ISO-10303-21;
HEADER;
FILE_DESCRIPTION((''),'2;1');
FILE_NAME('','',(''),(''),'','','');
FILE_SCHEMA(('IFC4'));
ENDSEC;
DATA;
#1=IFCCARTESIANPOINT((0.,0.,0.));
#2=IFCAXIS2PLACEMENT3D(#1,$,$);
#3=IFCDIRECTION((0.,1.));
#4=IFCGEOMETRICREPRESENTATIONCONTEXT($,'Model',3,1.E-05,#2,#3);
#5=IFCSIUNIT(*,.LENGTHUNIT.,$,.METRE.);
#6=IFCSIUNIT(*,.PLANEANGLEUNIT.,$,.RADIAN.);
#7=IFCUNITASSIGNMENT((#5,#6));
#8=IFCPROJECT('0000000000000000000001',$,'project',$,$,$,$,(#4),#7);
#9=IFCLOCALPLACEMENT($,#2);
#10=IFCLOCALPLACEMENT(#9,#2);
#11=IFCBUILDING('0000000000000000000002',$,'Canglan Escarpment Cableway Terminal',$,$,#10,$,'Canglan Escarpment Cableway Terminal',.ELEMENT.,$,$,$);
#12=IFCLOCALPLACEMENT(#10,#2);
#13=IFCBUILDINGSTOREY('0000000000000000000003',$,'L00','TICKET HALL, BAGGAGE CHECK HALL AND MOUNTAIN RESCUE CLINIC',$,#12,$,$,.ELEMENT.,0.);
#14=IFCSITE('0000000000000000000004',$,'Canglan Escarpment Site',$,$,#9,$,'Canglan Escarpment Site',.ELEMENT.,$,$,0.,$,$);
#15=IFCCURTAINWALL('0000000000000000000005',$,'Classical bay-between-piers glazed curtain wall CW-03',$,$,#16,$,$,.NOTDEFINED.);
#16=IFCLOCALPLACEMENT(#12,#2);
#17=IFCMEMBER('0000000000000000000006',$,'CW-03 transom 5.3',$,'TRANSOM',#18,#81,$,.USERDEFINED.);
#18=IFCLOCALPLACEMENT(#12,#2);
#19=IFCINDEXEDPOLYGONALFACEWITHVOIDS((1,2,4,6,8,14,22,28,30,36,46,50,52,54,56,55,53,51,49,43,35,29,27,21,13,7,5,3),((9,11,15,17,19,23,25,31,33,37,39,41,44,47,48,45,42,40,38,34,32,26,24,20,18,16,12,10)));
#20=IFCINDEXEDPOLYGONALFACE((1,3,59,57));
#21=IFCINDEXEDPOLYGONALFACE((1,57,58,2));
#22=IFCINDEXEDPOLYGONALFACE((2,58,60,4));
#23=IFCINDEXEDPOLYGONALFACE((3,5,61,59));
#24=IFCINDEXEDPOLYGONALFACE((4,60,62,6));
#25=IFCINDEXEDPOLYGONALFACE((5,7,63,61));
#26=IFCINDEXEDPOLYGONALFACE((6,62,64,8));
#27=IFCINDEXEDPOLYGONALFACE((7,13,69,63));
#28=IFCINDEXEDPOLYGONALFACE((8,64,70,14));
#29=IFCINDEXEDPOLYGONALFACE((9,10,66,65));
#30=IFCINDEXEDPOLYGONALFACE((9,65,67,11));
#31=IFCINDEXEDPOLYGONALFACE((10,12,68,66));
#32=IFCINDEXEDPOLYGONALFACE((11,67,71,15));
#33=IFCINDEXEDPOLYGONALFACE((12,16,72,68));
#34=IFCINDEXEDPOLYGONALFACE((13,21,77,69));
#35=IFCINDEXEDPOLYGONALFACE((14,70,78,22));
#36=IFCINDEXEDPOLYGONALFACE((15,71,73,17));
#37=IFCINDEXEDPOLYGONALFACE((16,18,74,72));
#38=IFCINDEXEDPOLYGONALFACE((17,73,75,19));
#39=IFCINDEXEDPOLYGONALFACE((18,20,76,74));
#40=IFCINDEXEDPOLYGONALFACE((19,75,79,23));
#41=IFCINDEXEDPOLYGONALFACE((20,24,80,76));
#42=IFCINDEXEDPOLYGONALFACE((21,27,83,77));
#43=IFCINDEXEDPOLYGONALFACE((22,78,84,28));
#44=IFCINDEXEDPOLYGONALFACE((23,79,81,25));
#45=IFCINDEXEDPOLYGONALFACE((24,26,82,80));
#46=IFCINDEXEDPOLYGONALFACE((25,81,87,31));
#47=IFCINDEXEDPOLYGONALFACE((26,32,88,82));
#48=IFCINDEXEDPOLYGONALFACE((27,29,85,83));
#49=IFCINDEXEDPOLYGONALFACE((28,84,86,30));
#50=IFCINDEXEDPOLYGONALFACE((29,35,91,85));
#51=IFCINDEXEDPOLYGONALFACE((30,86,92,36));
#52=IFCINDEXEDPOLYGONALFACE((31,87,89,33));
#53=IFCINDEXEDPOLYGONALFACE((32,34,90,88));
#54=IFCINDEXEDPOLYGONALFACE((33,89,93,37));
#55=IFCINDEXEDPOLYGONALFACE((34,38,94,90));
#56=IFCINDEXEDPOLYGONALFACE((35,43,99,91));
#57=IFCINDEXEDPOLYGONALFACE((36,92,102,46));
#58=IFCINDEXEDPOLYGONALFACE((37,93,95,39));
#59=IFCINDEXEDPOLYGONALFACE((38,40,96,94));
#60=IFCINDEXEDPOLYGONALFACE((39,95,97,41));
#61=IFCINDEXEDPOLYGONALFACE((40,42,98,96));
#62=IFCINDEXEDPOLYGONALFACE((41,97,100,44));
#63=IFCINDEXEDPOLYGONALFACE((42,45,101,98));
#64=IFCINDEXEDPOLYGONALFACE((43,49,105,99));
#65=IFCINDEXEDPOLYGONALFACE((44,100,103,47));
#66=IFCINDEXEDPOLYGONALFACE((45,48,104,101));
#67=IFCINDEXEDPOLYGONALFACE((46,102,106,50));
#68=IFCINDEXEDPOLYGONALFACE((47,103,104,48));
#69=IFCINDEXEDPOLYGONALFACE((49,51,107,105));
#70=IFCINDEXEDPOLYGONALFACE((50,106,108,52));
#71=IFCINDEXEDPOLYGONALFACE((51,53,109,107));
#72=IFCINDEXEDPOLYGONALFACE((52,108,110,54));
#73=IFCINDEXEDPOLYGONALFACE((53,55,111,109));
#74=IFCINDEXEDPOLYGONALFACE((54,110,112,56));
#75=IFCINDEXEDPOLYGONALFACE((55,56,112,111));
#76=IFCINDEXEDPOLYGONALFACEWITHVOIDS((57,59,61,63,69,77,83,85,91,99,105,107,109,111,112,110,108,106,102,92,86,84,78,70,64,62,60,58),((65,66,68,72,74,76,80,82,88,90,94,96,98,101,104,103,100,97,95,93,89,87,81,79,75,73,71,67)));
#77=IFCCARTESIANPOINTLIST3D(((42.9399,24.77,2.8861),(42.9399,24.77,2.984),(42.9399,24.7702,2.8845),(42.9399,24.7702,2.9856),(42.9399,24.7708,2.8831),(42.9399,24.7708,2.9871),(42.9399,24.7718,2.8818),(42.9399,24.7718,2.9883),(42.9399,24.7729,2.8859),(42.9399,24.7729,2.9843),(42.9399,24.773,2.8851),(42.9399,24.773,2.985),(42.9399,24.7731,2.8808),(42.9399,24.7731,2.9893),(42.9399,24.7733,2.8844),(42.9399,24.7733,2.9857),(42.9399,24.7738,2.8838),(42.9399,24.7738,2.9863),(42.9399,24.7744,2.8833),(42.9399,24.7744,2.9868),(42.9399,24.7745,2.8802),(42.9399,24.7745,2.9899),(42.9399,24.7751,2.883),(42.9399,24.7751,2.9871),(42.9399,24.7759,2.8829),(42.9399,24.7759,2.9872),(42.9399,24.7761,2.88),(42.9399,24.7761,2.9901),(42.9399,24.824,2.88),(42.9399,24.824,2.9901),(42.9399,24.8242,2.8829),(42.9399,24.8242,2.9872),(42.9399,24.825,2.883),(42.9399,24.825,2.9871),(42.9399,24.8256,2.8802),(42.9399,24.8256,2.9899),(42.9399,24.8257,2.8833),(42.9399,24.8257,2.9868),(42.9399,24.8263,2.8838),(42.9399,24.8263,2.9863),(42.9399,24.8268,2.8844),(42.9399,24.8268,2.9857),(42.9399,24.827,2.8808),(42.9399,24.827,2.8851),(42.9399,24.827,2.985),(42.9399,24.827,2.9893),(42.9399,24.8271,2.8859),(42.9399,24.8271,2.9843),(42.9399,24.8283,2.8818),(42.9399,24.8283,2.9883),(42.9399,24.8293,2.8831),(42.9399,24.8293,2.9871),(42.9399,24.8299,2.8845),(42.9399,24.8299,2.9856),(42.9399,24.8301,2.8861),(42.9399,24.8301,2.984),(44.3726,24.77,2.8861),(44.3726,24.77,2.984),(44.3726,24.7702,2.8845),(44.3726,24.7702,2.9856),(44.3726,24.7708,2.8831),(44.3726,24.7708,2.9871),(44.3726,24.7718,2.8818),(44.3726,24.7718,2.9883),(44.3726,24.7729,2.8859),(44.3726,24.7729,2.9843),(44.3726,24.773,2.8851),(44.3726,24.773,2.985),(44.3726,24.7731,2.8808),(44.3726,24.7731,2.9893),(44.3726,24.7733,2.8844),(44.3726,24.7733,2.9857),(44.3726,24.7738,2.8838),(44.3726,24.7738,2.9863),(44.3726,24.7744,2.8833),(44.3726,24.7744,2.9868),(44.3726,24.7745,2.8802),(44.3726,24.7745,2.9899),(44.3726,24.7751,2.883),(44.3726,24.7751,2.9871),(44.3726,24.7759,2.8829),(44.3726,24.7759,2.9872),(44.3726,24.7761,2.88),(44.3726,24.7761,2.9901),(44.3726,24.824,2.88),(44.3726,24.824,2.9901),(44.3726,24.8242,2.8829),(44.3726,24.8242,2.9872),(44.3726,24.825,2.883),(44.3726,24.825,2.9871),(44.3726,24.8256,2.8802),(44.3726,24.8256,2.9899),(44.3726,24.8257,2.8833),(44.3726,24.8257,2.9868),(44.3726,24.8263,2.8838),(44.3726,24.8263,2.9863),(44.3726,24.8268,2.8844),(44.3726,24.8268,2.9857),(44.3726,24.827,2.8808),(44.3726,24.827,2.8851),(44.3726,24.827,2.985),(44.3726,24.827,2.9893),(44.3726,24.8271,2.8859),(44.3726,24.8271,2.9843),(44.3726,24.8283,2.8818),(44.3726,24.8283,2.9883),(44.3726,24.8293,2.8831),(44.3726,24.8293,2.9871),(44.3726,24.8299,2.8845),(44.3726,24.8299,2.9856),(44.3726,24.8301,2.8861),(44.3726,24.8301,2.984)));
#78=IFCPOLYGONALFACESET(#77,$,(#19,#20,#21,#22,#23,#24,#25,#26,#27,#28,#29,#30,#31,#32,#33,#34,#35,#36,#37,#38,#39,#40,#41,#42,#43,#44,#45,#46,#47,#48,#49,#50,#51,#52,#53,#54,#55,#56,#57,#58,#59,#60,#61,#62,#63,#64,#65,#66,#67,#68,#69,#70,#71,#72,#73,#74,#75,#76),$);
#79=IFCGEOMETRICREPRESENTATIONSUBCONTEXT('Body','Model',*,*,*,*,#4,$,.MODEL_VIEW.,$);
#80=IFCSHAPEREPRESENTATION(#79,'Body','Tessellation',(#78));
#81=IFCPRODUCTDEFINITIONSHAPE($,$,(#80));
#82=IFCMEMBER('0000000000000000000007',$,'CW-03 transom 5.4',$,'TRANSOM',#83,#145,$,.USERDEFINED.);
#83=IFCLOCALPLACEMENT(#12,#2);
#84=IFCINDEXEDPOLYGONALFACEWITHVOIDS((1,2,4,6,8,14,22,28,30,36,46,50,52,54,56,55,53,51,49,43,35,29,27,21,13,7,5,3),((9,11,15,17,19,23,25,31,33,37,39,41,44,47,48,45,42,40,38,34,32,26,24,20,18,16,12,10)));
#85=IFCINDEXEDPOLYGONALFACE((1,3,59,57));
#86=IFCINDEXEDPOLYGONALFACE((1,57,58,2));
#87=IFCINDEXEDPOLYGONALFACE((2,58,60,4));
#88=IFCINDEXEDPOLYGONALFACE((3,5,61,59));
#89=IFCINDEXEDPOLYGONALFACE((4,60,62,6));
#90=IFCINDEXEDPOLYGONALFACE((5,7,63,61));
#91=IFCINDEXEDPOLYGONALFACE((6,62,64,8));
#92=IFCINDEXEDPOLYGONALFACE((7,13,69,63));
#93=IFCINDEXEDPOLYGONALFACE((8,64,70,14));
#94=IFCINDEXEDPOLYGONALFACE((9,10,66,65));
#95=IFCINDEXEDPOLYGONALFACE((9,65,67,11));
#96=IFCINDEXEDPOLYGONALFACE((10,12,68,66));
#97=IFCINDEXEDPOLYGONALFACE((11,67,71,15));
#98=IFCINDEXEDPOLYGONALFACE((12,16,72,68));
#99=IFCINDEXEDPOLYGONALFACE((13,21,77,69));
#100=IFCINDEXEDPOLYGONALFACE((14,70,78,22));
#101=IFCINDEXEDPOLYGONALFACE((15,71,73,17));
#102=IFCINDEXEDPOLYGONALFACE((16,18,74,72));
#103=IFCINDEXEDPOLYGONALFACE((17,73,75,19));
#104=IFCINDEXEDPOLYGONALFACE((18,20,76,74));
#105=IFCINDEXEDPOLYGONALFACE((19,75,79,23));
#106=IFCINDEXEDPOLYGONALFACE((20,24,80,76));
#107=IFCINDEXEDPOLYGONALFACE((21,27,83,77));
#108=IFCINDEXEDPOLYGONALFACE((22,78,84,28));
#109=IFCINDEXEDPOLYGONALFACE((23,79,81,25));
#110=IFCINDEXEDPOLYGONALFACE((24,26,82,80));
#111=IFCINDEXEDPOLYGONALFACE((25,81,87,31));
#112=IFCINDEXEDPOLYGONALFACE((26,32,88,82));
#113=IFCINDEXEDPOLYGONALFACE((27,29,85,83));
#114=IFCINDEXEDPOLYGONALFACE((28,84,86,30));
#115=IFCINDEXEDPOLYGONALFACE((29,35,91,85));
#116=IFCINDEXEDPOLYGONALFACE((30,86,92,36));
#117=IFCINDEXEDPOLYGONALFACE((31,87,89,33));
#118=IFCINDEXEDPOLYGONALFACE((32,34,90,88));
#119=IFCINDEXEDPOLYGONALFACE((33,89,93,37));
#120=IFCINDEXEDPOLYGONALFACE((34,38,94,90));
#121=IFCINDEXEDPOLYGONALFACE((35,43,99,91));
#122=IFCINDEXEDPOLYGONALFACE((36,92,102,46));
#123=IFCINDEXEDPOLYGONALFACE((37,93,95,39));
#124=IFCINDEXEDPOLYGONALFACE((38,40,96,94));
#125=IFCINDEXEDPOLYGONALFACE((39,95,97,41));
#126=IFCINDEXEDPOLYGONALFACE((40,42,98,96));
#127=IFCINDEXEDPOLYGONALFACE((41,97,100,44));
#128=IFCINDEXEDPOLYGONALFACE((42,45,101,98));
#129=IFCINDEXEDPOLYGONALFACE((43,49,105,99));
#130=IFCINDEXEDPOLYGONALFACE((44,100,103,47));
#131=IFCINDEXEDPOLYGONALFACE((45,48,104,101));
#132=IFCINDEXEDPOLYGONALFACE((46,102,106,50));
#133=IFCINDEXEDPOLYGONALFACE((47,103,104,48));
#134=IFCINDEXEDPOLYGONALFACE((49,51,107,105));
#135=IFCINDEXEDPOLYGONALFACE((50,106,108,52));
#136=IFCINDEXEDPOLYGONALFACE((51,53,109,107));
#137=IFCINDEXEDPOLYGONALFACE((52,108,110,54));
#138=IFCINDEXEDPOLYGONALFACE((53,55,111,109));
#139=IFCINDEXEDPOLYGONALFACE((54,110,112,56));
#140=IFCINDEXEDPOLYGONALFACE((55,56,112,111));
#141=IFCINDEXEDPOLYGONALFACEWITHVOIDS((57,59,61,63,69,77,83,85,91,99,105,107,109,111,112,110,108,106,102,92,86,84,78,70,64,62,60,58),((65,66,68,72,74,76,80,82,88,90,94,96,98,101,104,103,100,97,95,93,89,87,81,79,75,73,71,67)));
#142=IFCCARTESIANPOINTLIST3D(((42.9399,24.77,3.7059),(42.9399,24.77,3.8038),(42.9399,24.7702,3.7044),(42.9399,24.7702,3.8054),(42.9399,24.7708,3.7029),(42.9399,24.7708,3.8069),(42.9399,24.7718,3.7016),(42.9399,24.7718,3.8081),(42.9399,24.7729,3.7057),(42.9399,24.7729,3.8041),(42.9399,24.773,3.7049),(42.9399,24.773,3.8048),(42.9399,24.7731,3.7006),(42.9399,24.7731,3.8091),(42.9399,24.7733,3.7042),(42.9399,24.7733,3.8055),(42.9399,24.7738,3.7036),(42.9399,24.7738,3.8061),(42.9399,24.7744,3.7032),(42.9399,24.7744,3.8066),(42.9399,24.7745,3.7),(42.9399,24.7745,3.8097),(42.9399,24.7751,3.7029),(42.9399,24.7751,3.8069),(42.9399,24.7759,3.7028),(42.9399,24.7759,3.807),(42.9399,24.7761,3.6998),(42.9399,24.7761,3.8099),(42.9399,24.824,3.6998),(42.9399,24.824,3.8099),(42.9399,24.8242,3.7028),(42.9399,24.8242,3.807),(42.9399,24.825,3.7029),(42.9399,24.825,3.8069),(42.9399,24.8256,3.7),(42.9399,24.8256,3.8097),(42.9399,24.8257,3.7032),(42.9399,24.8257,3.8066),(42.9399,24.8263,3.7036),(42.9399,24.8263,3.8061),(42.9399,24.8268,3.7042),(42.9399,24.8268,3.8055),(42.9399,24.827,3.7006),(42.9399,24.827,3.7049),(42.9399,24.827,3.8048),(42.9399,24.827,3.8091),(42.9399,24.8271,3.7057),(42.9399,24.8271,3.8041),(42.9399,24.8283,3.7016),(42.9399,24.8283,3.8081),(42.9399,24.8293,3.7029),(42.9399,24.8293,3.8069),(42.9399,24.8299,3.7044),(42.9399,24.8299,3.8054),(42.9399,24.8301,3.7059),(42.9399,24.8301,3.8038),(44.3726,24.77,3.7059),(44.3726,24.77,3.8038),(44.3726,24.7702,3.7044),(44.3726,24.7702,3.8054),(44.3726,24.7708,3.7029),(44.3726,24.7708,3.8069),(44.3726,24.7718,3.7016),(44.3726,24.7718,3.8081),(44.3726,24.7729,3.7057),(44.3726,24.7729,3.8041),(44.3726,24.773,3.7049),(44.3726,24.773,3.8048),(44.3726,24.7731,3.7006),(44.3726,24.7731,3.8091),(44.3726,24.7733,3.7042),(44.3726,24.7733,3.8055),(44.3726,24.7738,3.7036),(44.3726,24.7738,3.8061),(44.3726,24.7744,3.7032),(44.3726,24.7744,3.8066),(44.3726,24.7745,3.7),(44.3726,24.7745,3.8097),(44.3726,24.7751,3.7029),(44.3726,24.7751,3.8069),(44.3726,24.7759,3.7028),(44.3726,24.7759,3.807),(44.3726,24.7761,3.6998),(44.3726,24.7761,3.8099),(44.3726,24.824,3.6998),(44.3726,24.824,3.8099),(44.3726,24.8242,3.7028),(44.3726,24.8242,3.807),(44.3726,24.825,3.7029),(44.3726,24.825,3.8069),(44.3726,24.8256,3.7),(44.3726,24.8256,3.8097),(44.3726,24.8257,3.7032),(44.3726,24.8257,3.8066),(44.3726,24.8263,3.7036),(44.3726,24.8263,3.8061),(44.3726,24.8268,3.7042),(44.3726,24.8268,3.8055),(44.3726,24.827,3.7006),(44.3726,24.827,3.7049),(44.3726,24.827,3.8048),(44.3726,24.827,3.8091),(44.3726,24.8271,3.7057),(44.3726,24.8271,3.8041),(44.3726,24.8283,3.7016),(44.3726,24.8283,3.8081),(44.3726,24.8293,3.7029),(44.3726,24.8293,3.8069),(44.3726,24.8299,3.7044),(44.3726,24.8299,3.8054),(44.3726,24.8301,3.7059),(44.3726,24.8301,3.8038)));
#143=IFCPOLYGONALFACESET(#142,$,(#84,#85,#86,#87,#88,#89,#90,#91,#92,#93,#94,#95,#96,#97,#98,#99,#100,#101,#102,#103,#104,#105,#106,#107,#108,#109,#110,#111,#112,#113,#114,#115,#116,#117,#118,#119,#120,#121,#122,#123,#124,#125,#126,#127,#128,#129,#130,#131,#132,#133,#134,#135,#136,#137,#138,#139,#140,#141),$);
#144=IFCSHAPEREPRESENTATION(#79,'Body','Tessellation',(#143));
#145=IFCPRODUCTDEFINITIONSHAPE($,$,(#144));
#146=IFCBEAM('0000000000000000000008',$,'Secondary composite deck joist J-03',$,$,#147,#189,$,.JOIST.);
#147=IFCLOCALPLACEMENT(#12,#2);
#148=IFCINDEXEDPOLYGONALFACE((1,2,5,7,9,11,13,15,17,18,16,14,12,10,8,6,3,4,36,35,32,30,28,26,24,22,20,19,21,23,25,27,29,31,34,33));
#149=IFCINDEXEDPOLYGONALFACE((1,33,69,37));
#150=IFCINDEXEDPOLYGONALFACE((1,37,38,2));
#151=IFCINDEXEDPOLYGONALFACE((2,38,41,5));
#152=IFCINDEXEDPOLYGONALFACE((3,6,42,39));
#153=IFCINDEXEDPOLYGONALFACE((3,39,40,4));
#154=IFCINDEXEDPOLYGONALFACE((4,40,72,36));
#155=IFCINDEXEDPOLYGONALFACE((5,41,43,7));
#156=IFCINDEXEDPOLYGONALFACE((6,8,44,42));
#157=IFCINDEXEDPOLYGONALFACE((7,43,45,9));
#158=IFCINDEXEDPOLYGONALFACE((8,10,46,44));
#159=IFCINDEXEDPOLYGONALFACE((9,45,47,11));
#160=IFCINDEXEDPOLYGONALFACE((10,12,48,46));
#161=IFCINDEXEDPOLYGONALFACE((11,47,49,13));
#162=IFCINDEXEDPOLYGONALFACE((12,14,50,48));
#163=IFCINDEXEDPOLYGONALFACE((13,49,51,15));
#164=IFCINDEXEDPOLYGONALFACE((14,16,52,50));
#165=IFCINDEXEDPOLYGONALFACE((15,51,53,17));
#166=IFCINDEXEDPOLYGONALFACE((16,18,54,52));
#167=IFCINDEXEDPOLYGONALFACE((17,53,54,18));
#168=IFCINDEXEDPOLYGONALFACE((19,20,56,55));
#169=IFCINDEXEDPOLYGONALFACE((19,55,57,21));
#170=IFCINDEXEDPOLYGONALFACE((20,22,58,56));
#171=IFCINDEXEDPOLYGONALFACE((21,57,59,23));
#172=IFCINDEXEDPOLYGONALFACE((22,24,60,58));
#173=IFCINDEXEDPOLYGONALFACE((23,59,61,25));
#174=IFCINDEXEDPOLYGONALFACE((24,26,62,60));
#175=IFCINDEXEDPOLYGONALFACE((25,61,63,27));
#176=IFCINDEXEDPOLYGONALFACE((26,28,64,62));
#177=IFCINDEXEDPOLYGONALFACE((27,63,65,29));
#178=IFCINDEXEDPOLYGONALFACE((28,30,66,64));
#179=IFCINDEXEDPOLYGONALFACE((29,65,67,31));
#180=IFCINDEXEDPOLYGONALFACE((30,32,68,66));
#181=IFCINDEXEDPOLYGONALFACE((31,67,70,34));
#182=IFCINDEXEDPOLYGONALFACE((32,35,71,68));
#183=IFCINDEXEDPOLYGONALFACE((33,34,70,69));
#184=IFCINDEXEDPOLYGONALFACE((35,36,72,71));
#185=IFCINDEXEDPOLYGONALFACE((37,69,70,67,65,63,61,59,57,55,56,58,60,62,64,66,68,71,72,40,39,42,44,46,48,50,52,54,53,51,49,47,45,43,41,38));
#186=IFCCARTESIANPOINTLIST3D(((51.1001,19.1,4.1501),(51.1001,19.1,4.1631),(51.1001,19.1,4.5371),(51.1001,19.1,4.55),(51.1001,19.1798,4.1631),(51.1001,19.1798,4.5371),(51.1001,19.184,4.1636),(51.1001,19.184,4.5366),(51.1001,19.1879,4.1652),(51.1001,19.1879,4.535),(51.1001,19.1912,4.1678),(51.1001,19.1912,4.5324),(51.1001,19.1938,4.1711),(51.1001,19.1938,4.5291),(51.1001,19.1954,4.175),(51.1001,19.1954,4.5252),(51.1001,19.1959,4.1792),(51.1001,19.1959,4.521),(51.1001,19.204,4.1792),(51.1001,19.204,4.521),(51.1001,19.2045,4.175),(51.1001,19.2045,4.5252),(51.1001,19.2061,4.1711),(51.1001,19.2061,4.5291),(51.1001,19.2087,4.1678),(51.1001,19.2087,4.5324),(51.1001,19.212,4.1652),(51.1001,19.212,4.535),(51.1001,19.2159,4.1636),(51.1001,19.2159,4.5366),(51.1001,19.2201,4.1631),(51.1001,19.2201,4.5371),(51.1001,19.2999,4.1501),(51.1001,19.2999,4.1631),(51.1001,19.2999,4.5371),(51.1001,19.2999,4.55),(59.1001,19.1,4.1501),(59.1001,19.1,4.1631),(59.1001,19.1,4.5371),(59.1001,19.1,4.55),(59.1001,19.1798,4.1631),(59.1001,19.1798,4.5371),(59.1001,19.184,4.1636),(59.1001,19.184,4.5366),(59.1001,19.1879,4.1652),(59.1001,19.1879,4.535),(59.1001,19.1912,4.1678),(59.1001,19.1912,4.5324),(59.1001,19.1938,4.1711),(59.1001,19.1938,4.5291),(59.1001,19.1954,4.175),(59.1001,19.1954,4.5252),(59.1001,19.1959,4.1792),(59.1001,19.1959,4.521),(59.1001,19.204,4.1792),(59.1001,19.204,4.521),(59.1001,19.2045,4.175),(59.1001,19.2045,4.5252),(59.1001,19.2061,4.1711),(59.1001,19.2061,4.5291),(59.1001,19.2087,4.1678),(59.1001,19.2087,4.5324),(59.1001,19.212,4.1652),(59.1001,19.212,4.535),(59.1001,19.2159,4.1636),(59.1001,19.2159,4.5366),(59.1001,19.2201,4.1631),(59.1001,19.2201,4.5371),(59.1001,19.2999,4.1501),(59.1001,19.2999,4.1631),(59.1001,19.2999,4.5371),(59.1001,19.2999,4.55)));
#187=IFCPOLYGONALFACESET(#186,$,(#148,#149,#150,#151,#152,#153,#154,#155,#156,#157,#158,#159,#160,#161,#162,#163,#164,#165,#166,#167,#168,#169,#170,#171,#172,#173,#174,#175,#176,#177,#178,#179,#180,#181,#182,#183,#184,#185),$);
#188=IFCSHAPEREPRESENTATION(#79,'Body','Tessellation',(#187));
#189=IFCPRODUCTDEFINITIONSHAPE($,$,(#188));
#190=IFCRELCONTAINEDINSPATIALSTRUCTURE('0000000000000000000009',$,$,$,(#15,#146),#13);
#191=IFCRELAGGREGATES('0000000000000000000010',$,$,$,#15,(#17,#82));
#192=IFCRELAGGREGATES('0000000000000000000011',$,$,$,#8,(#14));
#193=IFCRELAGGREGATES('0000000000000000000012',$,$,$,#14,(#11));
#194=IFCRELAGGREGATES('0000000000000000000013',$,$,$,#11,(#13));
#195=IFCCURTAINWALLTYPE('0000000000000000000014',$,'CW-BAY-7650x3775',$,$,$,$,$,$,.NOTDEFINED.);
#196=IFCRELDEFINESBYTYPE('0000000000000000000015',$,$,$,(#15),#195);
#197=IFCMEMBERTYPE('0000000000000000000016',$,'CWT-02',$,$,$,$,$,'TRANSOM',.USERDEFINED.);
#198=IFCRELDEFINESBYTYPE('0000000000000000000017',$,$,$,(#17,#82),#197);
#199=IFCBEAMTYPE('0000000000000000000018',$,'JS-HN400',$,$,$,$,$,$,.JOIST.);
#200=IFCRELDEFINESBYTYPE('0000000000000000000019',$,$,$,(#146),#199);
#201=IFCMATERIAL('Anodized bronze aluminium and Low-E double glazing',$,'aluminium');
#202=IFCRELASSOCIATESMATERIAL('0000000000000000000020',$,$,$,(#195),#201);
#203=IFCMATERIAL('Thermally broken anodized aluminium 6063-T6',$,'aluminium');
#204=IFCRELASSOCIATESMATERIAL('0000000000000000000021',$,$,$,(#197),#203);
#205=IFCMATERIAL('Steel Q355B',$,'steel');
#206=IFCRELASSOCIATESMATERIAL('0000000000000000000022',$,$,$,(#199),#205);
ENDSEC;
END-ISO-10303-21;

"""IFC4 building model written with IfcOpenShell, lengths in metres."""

from ifc_helpers import new_model, si_unit, direction, frame, origin, origin_2d, place, context, subcontext, project, spatial, hollow_rectangle, i_section, extrude, material, material_profile, profile_set, type_object, element, aggregate, save


model = new_model("IFC4")

# Units and contexts
model_context = context("Model", 3, precision=1e-05, world=origin(), true_north=direction((0.0, 1.0)))
body_context = subcontext(model_context, "Body", "Model", "MODEL_VIEW")
ifc_project = project(units=[si_unit("LENGTHUNIT", "METRE"), si_unit("PLANEANGLEUNIT", "RADIAN")], contexts=[model_context])

# Site, building, storey
site_placement = place(None, origin())
site = spatial("IfcSite", under=ifc_project, at=site_placement, Name="Canglan Escarpment Site", LongName="Canglan Escarpment Site", CompositionType="ELEMENT", RefElevation=0.0)
building_placement = place(site_placement, origin())
building = spatial("IfcBuilding", under=site, at=building_placement, Name="Canglan Escarpment Cableway Terminal", LongName="Canglan Escarpment Cableway Terminal", CompositionType="ELEMENT")
storey_placement = place(building_placement, origin())
storey = spatial("IfcBuildingStorey", under=building, at=storey_placement, Name="L00", Description="TICKET HALL, BAGGAGE CHECK HALL AND MOUNTAIN RESCUE CLINIC", CompositionType="ELEMENT", Elevation=0.0)

# Curtain wall, members
ifc_material_1 = material(Name="Anodized bronze aluminium and Low-E double glazing", Category="aluminium")
curtain_wall_type = type_object("IfcCurtainWallType", Name="CW-BAY-7650x3775", PredefinedType="NOTDEFINED", material=ifc_material_1)
curtain_wall_placement = place(storey_placement, origin())
curtain_wall = element("IfcCurtainWall", 1, at=curtain_wall_placement, inside=storey, type_object=curtain_wall_type, Name="Classical bay-between-piers glazed curtain wall CW-03", PredefinedType="NOTDEFINED")
ifc_material_2 = material(Name="Thermally broken anodized aluminium 6063-T6", Category="aluminium")
ifc_material_profile_1 = material_profile(ifc_material_2, hollow_rectangle(XDim=0.0601, YDim=0.1101, WallThickness=0.0029, InnerFilletRadius=0.0029, OuterFilletRadius=0.0061, at=origin_2d()), Name="ALU-TRAN 60x110x3")
ifc_profile_set_1 = profile_set([ifc_material_profile_1], Name="Thermally broken anodized aluminium 6063-T6")
member_type = type_object("IfcMemberType", Name="CWT-02", ElementType="TRANSOM", PredefinedType="USERDEFINED", material=ifc_profile_set_1)
member_1_placement = place(storey_placement, frame((44.3726, 24.8, 2.9351), z_axis=(-1.0, 0.0, 0.0), x_axis=(0.0, -1.0, 0.0)))
member_1 = element("IfcMember", 2, at=member_1_placement, type_object=member_type, Name="CW-03 transom 5.3", ObjectType="TRANSOM", PredefinedType="USERDEFINED", context=body_context, shape_type="SweptSolid", body=[
    extrude(hollow_rectangle(XDim=0.0601, YDim=0.1101, WallThickness=0.0029, InnerFilletRadius=0.0029, OuterFilletRadius=0.0061, at=origin_2d()), origin(), (0.0, 0.0, 1.0), 1.4326),
])
member_2_placement = place(storey_placement, frame((44.3726, 24.8, 3.7549), z_axis=(-1.0, 0.0, 0.0), x_axis=(0.0, -1.0, 0.0)))
member_2 = element("IfcMember", 3, at=member_2_placement, type_object=member_type, Name="CW-03 transom 5.4", ObjectType="TRANSOM", PredefinedType="USERDEFINED", context=body_context, shape_type="SweptSolid", body=[
    extrude(hollow_rectangle(XDim=0.0601, YDim=0.1101, WallThickness=0.0029, InnerFilletRadius=0.0029, OuterFilletRadius=0.0061, at=origin_2d()), origin(), (0.0, 0.0, 1.0), 1.4326),
])
aggregate(curtain_wall, [member_1, member_2])

# Beam
ifc_material_3 = material(Name="Steel Q355B", Category="steel")
ifc_material_profile_2 = material_profile(ifc_material_3, i_section(OverallWidth=0.2, OverallDepth=0.3999, WebThickness=0.0081, FlangeThickness=0.0129, FilletRadius=0.0161, at=origin_2d()), Name="HN 400x200x8x13")
ifc_profile_set_2 = profile_set([ifc_material_profile_2], Name="Steel Q355B")
beam_type_1 = type_object("IfcBeamType", Name="JS-HN400", PredefinedType="JOIST", material=ifc_profile_set_2)
beam_1_placement = place(storey_placement, frame((51.1001, 19.2, 4.3501), z_axis=(1.0, 0.0, 0.0), x_axis=(0.0, 1.0, 0.0)))
element("IfcBeam", 4, at=beam_1_placement, inside=storey, type_object=beam_type_1, Name="Secondary composite deck joist J-03", PredefinedType="JOIST", context=body_context, shape_type="SweptSolid", body=[
    extrude(i_section(OverallWidth=0.2, OverallDepth=0.3999, WebThickness=0.0081, FlangeThickness=0.0129, FilletRadius=0.0161, at=origin_2d()), origin(), (0.0, 0.0, 1.0), 8.0),
])

save(model, "model.ifc")
